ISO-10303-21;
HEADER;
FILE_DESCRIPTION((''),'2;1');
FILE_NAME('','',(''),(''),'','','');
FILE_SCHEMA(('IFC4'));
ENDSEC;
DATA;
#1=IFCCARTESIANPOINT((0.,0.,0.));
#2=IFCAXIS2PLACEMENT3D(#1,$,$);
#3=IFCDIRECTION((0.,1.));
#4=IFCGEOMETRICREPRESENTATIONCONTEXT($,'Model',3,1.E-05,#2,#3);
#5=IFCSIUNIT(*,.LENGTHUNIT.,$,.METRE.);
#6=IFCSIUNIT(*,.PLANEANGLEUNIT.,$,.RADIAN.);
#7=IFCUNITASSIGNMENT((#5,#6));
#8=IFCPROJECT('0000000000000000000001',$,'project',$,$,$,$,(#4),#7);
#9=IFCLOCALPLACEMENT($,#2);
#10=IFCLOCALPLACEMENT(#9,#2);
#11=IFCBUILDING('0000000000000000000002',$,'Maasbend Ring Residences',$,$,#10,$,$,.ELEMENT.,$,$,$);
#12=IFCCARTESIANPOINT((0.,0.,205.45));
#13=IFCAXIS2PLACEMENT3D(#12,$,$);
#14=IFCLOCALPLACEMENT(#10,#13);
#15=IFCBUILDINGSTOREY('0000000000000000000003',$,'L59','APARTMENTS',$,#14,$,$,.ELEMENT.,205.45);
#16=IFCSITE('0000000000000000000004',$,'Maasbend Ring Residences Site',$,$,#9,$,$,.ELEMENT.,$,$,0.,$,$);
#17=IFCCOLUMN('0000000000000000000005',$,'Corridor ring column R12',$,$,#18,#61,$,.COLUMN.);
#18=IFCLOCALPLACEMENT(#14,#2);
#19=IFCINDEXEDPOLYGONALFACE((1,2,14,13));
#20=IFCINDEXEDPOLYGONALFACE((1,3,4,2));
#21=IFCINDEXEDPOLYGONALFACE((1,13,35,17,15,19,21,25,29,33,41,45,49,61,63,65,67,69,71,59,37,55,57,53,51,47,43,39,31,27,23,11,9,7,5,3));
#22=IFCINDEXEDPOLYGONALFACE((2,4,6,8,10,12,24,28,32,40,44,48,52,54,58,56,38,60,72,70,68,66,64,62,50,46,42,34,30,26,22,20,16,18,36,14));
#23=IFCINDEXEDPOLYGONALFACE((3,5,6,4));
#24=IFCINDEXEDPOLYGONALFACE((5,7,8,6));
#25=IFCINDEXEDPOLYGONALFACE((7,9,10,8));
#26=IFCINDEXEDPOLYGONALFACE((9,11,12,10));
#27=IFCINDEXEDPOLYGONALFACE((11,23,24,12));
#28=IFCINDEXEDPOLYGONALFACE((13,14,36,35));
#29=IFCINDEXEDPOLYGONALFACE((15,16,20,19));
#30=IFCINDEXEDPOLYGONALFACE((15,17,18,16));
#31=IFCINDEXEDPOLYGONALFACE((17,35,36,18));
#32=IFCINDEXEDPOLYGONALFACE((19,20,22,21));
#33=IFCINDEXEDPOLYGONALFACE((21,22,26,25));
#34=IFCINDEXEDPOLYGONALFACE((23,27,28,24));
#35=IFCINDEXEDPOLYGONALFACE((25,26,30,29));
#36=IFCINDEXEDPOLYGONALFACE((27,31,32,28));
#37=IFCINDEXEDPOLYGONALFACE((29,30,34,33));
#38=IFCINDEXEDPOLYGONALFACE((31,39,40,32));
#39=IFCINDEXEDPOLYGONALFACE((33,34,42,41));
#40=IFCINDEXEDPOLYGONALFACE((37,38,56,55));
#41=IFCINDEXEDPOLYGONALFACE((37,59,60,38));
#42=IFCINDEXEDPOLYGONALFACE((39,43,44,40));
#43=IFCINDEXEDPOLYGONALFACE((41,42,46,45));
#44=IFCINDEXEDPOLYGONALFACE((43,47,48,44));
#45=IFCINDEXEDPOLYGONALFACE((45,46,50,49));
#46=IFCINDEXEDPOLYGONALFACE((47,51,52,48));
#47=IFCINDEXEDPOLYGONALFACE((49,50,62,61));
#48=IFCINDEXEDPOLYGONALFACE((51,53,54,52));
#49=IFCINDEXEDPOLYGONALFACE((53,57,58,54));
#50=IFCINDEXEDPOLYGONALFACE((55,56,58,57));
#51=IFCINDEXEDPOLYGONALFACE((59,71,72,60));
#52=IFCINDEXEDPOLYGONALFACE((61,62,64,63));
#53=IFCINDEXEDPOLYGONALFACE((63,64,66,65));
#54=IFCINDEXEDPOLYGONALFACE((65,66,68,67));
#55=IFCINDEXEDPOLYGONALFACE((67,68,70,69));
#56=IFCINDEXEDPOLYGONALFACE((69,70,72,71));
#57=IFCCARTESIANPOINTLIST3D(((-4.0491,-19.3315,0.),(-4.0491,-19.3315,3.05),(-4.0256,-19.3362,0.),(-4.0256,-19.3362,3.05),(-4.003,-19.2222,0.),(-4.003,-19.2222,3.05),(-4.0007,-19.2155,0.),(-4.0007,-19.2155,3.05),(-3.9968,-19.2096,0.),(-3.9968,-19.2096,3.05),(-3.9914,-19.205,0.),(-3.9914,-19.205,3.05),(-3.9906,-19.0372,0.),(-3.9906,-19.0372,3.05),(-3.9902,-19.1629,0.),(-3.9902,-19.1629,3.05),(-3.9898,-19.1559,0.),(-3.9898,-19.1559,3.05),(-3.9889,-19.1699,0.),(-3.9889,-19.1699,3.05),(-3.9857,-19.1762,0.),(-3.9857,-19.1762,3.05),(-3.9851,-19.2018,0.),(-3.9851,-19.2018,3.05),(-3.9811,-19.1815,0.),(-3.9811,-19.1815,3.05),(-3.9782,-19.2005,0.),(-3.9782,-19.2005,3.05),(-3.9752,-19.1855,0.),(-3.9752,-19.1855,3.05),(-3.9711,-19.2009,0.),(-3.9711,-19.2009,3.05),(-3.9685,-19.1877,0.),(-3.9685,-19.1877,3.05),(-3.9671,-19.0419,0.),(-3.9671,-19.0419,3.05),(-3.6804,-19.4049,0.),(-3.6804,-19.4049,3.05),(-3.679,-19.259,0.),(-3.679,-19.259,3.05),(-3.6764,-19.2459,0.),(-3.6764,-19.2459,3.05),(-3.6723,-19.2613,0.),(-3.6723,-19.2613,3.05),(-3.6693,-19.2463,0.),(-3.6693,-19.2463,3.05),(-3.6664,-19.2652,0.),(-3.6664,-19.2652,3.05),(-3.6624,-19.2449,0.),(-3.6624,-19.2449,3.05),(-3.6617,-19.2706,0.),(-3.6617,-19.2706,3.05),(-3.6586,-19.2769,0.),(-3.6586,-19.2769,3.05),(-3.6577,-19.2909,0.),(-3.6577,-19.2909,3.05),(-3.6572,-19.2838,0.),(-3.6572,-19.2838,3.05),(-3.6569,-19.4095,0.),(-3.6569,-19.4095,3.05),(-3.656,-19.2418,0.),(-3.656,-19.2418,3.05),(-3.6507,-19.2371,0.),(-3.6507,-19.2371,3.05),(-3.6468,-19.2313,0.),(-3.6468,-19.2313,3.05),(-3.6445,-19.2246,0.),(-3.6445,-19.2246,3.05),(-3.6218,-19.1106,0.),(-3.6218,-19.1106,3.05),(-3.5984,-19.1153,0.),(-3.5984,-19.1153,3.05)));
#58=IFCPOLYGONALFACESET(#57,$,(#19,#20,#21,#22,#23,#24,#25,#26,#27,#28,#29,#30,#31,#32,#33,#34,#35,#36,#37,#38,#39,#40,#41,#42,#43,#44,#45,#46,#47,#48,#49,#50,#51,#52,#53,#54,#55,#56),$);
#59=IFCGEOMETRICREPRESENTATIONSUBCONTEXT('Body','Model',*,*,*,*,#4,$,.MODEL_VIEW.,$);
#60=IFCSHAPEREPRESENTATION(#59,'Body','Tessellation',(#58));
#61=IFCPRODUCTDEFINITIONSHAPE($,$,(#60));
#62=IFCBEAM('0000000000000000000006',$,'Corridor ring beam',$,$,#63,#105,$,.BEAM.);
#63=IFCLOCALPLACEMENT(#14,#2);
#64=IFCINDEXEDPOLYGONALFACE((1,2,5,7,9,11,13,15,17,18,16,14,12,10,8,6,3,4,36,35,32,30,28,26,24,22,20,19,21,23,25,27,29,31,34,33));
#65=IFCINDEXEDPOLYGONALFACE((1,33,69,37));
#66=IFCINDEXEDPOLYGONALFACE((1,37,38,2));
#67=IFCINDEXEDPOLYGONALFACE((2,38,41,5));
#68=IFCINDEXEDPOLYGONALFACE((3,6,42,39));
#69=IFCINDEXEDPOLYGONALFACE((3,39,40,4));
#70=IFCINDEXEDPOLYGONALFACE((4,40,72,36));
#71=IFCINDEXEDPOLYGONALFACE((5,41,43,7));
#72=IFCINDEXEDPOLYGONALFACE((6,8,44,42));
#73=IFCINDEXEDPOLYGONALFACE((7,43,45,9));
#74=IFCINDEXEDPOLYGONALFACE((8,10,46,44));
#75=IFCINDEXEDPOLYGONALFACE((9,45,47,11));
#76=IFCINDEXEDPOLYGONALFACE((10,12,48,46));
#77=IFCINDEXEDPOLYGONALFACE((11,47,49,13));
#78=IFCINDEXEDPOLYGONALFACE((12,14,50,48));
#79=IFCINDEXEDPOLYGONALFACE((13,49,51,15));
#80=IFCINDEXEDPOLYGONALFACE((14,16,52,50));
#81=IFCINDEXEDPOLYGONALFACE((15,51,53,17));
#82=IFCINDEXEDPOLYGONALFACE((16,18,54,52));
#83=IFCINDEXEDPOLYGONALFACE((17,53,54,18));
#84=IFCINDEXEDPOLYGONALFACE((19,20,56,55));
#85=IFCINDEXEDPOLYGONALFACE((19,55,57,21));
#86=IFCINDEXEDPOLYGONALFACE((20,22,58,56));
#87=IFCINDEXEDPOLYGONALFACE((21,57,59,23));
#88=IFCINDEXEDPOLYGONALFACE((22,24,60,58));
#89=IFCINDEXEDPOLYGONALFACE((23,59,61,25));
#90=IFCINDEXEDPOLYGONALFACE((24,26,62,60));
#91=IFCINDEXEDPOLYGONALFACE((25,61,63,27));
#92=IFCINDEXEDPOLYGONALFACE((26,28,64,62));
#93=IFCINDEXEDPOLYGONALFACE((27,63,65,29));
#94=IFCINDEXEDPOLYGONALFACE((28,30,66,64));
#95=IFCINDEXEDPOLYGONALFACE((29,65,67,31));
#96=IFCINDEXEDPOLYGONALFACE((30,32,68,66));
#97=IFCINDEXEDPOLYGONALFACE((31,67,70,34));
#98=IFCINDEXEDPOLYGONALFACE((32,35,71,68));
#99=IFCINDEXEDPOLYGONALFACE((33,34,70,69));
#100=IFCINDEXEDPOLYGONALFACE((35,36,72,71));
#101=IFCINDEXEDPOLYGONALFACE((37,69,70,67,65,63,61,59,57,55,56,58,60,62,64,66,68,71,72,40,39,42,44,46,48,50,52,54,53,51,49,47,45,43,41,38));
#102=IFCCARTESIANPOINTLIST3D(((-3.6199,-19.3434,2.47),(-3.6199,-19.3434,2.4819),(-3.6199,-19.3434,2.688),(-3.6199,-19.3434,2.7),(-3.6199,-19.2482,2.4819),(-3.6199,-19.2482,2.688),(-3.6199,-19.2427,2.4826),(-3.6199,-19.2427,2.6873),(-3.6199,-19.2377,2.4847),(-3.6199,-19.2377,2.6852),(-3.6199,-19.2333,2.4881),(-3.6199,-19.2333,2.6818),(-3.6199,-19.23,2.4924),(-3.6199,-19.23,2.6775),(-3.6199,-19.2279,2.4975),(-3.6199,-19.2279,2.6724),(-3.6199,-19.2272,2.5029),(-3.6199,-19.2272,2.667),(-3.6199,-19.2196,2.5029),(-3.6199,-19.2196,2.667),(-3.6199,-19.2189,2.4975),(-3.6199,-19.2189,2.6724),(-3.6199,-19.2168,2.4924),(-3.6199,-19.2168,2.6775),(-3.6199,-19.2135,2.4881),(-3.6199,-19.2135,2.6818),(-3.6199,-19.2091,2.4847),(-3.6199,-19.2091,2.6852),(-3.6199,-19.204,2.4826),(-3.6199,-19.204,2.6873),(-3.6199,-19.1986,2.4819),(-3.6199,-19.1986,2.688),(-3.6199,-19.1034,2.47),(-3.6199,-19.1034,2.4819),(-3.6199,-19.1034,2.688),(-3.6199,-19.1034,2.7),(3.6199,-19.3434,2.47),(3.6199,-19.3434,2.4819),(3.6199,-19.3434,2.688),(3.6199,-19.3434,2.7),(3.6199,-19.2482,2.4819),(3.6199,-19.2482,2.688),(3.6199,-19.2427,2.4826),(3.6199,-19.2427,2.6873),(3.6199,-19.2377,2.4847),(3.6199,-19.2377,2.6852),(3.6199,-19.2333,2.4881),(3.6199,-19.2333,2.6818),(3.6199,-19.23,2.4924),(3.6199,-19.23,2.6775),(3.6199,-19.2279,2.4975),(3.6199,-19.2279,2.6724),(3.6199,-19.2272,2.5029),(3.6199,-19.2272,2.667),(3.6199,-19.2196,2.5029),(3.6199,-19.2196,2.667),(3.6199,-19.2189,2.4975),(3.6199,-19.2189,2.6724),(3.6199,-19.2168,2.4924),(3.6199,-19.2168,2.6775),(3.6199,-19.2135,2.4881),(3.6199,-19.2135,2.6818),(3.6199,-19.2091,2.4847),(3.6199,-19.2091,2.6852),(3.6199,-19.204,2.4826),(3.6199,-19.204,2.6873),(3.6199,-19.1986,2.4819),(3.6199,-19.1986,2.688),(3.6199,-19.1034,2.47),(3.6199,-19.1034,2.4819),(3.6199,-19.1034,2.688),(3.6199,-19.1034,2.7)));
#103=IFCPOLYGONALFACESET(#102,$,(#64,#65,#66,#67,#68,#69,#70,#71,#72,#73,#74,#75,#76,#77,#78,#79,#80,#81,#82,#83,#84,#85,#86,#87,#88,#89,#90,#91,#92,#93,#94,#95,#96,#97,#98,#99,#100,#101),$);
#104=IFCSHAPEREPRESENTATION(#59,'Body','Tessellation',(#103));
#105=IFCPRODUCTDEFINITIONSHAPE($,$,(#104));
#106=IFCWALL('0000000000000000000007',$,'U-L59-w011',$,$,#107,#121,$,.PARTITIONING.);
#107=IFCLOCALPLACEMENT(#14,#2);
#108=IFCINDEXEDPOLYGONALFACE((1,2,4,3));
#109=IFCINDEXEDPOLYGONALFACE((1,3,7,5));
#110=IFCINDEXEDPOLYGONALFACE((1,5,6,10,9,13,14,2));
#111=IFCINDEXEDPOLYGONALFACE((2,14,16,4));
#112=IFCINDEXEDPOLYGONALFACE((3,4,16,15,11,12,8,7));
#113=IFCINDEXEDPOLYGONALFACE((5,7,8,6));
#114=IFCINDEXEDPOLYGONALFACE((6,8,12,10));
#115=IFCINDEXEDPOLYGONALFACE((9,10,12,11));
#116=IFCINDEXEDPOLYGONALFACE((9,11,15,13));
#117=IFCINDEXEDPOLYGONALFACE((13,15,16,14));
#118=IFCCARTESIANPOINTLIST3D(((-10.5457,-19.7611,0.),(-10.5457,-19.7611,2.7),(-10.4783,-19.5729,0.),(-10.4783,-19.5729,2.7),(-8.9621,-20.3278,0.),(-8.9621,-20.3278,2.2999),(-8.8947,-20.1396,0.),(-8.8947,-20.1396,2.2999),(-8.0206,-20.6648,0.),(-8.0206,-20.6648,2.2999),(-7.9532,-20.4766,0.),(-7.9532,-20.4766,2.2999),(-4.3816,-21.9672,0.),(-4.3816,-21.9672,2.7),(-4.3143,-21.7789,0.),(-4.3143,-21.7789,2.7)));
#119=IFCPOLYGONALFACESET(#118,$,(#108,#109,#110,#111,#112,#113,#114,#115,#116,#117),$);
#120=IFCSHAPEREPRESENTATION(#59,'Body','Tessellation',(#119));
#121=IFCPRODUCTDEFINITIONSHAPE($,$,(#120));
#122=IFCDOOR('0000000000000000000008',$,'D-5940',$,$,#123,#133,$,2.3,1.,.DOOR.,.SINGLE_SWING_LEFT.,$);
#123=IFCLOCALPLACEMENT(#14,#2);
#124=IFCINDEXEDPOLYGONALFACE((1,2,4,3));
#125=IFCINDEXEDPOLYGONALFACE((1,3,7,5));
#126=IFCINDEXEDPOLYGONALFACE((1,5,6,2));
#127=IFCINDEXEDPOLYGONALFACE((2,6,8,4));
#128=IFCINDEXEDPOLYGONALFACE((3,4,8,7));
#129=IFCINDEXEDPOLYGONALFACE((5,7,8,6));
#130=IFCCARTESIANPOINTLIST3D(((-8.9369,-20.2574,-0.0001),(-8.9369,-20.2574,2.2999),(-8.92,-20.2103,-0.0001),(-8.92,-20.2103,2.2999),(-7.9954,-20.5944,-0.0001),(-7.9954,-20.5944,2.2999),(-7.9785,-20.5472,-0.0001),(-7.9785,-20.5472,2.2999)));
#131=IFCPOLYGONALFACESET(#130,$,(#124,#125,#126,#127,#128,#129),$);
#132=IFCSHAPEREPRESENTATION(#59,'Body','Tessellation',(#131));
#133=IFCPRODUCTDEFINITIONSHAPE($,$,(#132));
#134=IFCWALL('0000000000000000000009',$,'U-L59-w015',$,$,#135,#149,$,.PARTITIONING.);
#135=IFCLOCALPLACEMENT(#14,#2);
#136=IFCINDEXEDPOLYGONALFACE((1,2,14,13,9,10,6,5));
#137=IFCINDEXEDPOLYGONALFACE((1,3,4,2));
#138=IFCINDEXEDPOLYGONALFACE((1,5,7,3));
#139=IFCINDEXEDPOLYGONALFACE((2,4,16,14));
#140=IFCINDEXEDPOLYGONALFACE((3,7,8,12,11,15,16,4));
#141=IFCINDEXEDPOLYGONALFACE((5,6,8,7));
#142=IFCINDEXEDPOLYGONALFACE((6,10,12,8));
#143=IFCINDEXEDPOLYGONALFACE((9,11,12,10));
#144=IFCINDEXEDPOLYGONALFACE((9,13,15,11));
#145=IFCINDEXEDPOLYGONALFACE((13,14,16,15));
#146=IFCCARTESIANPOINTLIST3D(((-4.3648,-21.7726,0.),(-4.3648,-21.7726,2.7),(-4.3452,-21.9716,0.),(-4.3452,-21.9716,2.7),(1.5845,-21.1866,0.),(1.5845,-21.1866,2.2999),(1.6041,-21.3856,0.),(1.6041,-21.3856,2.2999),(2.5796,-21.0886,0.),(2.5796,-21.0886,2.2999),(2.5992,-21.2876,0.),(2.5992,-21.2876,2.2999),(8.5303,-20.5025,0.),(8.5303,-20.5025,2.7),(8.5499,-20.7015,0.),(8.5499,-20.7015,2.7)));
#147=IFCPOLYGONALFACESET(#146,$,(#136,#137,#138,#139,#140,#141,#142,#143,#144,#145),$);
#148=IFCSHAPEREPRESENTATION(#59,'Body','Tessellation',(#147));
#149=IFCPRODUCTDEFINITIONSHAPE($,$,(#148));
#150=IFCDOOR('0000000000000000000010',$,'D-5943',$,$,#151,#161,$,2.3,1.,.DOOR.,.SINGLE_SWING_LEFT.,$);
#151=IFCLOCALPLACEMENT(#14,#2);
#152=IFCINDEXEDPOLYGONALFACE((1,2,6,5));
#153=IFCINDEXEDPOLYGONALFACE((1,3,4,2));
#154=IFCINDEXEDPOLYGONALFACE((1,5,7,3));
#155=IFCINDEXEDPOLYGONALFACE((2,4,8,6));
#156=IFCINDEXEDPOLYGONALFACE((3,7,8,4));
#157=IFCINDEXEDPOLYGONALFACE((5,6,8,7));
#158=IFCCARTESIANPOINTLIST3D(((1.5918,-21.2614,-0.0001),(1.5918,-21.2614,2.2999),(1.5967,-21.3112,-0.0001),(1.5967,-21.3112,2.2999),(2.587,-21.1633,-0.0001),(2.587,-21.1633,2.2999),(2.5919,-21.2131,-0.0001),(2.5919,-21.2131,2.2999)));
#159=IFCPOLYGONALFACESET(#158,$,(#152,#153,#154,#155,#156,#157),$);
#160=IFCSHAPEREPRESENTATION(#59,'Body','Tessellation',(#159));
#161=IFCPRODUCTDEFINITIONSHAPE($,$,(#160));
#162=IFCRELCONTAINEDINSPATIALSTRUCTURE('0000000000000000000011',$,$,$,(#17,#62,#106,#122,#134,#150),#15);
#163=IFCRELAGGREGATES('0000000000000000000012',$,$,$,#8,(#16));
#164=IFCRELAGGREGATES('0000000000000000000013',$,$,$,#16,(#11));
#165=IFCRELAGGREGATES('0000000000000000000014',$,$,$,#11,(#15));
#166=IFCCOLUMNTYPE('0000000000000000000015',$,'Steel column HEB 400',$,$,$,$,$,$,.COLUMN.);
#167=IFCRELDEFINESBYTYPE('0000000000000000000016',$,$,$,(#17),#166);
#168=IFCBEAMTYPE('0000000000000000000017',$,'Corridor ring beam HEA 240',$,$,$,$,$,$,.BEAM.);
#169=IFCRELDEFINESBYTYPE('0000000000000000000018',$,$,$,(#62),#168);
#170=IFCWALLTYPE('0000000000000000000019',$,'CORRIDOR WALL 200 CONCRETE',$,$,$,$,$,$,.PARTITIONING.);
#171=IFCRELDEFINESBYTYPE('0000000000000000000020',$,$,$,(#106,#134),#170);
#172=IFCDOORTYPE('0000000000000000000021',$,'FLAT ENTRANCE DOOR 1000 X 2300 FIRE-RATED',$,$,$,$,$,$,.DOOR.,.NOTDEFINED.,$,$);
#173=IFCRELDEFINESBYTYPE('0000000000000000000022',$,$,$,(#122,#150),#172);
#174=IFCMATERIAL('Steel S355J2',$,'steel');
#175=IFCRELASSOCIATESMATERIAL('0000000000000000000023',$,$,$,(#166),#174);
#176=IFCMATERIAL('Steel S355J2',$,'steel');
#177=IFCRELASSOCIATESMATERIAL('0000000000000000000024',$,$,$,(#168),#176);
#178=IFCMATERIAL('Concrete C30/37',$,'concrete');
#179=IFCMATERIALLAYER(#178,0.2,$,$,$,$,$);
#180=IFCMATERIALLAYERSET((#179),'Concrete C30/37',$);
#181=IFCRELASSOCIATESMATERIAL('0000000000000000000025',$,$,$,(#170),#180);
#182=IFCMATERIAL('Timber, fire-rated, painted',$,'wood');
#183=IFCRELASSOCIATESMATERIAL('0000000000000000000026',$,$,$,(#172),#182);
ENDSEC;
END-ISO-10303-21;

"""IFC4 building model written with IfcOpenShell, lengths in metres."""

from ifc_helpers import new_model, si_unit, direction, frame, frame_2d, origin, origin_2d, place, context, subcontext, project, spatial, rectangle, i_section, extrude, material, layer, layer_set, material_profile, profile_set, type_object, element, fill, save


model = new_model("IFC4")

# Units and contexts
model_context = context("Model", 3, precision=1e-05, world=origin(), true_north=direction((0.0, 1.0)))
body_context = subcontext(model_context, "Body", "Model", "MODEL_VIEW")
ifc_project = project(units=[si_unit("LENGTHUNIT", "METRE"), si_unit("PLANEANGLEUNIT", "RADIAN")], contexts=[model_context])

# Site, building, storey
site_placement = place(None, origin())
site = spatial("IfcSite", under=ifc_project, at=site_placement, Name="Maasbend Ring Residences Site", CompositionType="ELEMENT", RefElevation=0.0)
building_placement = place(site_placement, origin())
building = spatial("IfcBuilding", under=site, at=building_placement, Name="Maasbend Ring Residences", CompositionType="ELEMENT")
storey_placement = place(building_placement, frame((0.0, 0.0, 205.45)))
storey = spatial("IfcBuildingStorey", under=building, at=storey_placement, Name="L59", Description="APARTMENTS", CompositionType="ELEMENT", Elevation=205.45)

# Column
ifc_material_1 = material(Name="Steel S355J2", Category="steel")
ifc_material_profile_1 = material_profile(ifc_material_1, i_section(OverallWidth=0.3, OverallDepth=0.3999, WebThickness=0.0134, FlangeThickness=0.0239, FilletRadius=0.0271, at=origin_2d()), Name="HEB 400")
ifc_profile_set_1 = profile_set([ifc_material_profile_1], Name="Steel S355J2")
column_type = type_object("IfcColumnType", Name="Steel column HEB 400", PredefinedType="COLUMN", material=ifc_profile_set_1)
column_placement = place(storey_placement, frame((-3.8237, -19.2234, 0.0), z_axis=(0.0, 0.0, 1.0), x_axis=(-0.19509, -0.980785, 0.0)))
element("IfcColumn", 1, at=column_placement, inside=storey, type_object=column_type, Name="Corridor ring column R12", PredefinedType="COLUMN", context=body_context, shape_type="SweptSolid", body=[
    extrude(i_section(OverallWidth=0.3, OverallDepth=0.3999, WebThickness=0.0134, FlangeThickness=0.0239, FilletRadius=0.0271, at=origin_2d()), origin(), (0.0, 0.0, 1.0), 3.05),
])

# Beam
ifc_material_2 = material(Name="Steel S355J2", Category="steel")
ifc_material_profile_2 = material_profile(ifc_material_2, i_section(OverallWidth=0.24, OverallDepth=0.23, WebThickness=0.0076, FlangeThickness=0.012, FilletRadius=0.021, at=origin_2d()), Name="HEA 240")
ifc_profile_set_2 = profile_set([ifc_material_profile_2], Name="Steel S355J2")
beam_type = type_object("IfcBeamType", Name="Corridor ring beam HEA 240", PredefinedType="BEAM", material=ifc_profile_set_2)
beam_placement = place(storey_placement, frame((-3.6199, -19.2234, 2.585), z_axis=(1.0, 0.0, 0.0), x_axis=(0.0, 1.0, 0.0)))
element("IfcBeam", 2, at=beam_placement, inside=storey, type_object=beam_type, Name="Corridor ring beam", PredefinedType="BEAM", context=body_context, shape_type="SweptSolid", body=[
    extrude(i_section(OverallWidth=0.24, OverallDepth=0.23, WebThickness=0.0076, FlangeThickness=0.012, FilletRadius=0.021, at=origin_2d()), origin(), (0.0, 0.0, 1.0), 7.2397),
])

# Walls, openings, doors
ifc_material_3 = material(Name="Concrete C30/37", Category="concrete")
ifc_layer_1 = layer(ifc_material_3, 0.2)
ifc_layer_set_1 = layer_set([ifc_layer_1], Name="Concrete C30/37")
wall_type_1 = type_object("IfcWallType", Name="CORRIDOR WALL 200 CONCRETE", PredefinedType="PARTITIONING", material=ifc_layer_set_1)
wall_1_placement = place(storey_placement, frame((-10.512, -19.667, 0.0), z_axis=(0.0, 0.0, 1.0), x_axis=(0.941519, -0.33696, 0.0)))
wall_1 = element("IfcWall", 3, at=wall_1_placement, inside=storey, type_object=wall_type_1, Name="U-L59-w011", PredefinedType="PARTITIONING", context=body_context, shape_type="SweptSolid", body=[
    extrude(rectangle(XDim=6.5469, YDim=0.2, at=frame_2d((3.2734, 0.0))), origin(), (0.0, 0.0, 1.0), 2.7),
])
opening_1_placement = place(wall_1_placement, frame((1.6819, 0.0, 0.0)))
opening_1 = element("IfcOpeningElement", 4, at=opening_1_placement, cuts=wall_1, PredefinedType="OPENING", context=body_context, shape_type="SweptSolid", body=[
    extrude(rectangle(XDim=1.0, YDim=2.3, at=frame_2d((0.5, 1.1499))), frame((0.0, 0.1099, 0.0), z_axis=(0.0, -1.0, 0.0), x_axis=(1.0, 0.0, 0.0)), (0.0, 0.0, 1.0), 0.22),
])
ifc_material_4 = material(Name="Timber, fire-rated, painted", Category="wood")
door_type_1 = type_object("IfcDoorType", Name="FLAT ENTRANCE DOOR 1000 X 2300 FIRE-RATED", OperationType="NOTDEFINED", PredefinedType="DOOR", material=ifc_material_4)
door_1_placement = place(opening_1_placement, origin())
door_1 = element("IfcDoor", 5, at=door_1_placement, inside=storey, type_object=door_type_1, Name="D-5940", OperationType="SINGLE_SWING_LEFT", OverallHeight=2.3, OverallWidth=1.0, PredefinedType="DOOR", context=body_context, shape_type="SweptSolid", body=[
    extrude(rectangle(XDim=1.0, YDim=2.3, at=frame_2d((0.5, 1.1499))), frame((0.0, 0.0249, 0.0), z_axis=(0.0, -1.0, 0.0), x_axis=(1.0, 0.0, 0.0)), (0.0, 0.0, 1.0), 0.05),
])
fill(opening_1, door_1)
wall_2_placement = place(storey_placement, frame((-4.355, -21.8721, 0.0), z_axis=(0.0, 0.0, 1.0), x_axis=(0.995185, 0.098015, 0.0)))
wall_2 = element("IfcWall", 6, at=wall_2_placement, inside=storey, type_object=wall_type_1, Name="U-L59-w015", PredefinedType="PARTITIONING", context=body_context, shape_type="SweptSolid", body=[
    extrude(rectangle(XDim=12.9575, YDim=0.2, at=frame_2d((6.4788, 0.0))), origin(), (0.0, 0.0, 1.0), 2.7),
])
opening_2_placement = place(wall_2_placement, frame((5.978, 0.0, 0.0)))
opening_2 = element("IfcOpeningElement", 7, at=opening_2_placement, cuts=wall_2, PredefinedType="OPENING", context=body_context, shape_type="SweptSolid", body=[
    extrude(rectangle(XDim=1.0, YDim=2.3, at=frame_2d((0.5, 1.1499))), frame((0.0, 0.1099, 0.0), z_axis=(0.0, -1.0, 0.0), x_axis=(1.0, 0.0, 0.0)), (0.0, 0.0, 1.0), 0.22),
])
door_2_placement = place(opening_2_placement, origin())
door_2 = element("IfcDoor", 8, at=door_2_placement, inside=storey, type_object=door_type_1, Name="D-5943", OperationType="SINGLE_SWING_LEFT", OverallHeight=2.3, OverallWidth=1.0, PredefinedType="DOOR", context=body_context, shape_type="SweptSolid", body=[
    extrude(rectangle(XDim=1.0, YDim=2.3, at=frame_2d((0.5, 1.1499))), frame((0.0, 0.0249, 0.0), z_axis=(0.0, -1.0, 0.0), x_axis=(1.0, 0.0, 0.0)), (0.0, 0.0, 1.0), 0.05),
])
fill(opening_2, door_2)

save(model, "model.ifc")
